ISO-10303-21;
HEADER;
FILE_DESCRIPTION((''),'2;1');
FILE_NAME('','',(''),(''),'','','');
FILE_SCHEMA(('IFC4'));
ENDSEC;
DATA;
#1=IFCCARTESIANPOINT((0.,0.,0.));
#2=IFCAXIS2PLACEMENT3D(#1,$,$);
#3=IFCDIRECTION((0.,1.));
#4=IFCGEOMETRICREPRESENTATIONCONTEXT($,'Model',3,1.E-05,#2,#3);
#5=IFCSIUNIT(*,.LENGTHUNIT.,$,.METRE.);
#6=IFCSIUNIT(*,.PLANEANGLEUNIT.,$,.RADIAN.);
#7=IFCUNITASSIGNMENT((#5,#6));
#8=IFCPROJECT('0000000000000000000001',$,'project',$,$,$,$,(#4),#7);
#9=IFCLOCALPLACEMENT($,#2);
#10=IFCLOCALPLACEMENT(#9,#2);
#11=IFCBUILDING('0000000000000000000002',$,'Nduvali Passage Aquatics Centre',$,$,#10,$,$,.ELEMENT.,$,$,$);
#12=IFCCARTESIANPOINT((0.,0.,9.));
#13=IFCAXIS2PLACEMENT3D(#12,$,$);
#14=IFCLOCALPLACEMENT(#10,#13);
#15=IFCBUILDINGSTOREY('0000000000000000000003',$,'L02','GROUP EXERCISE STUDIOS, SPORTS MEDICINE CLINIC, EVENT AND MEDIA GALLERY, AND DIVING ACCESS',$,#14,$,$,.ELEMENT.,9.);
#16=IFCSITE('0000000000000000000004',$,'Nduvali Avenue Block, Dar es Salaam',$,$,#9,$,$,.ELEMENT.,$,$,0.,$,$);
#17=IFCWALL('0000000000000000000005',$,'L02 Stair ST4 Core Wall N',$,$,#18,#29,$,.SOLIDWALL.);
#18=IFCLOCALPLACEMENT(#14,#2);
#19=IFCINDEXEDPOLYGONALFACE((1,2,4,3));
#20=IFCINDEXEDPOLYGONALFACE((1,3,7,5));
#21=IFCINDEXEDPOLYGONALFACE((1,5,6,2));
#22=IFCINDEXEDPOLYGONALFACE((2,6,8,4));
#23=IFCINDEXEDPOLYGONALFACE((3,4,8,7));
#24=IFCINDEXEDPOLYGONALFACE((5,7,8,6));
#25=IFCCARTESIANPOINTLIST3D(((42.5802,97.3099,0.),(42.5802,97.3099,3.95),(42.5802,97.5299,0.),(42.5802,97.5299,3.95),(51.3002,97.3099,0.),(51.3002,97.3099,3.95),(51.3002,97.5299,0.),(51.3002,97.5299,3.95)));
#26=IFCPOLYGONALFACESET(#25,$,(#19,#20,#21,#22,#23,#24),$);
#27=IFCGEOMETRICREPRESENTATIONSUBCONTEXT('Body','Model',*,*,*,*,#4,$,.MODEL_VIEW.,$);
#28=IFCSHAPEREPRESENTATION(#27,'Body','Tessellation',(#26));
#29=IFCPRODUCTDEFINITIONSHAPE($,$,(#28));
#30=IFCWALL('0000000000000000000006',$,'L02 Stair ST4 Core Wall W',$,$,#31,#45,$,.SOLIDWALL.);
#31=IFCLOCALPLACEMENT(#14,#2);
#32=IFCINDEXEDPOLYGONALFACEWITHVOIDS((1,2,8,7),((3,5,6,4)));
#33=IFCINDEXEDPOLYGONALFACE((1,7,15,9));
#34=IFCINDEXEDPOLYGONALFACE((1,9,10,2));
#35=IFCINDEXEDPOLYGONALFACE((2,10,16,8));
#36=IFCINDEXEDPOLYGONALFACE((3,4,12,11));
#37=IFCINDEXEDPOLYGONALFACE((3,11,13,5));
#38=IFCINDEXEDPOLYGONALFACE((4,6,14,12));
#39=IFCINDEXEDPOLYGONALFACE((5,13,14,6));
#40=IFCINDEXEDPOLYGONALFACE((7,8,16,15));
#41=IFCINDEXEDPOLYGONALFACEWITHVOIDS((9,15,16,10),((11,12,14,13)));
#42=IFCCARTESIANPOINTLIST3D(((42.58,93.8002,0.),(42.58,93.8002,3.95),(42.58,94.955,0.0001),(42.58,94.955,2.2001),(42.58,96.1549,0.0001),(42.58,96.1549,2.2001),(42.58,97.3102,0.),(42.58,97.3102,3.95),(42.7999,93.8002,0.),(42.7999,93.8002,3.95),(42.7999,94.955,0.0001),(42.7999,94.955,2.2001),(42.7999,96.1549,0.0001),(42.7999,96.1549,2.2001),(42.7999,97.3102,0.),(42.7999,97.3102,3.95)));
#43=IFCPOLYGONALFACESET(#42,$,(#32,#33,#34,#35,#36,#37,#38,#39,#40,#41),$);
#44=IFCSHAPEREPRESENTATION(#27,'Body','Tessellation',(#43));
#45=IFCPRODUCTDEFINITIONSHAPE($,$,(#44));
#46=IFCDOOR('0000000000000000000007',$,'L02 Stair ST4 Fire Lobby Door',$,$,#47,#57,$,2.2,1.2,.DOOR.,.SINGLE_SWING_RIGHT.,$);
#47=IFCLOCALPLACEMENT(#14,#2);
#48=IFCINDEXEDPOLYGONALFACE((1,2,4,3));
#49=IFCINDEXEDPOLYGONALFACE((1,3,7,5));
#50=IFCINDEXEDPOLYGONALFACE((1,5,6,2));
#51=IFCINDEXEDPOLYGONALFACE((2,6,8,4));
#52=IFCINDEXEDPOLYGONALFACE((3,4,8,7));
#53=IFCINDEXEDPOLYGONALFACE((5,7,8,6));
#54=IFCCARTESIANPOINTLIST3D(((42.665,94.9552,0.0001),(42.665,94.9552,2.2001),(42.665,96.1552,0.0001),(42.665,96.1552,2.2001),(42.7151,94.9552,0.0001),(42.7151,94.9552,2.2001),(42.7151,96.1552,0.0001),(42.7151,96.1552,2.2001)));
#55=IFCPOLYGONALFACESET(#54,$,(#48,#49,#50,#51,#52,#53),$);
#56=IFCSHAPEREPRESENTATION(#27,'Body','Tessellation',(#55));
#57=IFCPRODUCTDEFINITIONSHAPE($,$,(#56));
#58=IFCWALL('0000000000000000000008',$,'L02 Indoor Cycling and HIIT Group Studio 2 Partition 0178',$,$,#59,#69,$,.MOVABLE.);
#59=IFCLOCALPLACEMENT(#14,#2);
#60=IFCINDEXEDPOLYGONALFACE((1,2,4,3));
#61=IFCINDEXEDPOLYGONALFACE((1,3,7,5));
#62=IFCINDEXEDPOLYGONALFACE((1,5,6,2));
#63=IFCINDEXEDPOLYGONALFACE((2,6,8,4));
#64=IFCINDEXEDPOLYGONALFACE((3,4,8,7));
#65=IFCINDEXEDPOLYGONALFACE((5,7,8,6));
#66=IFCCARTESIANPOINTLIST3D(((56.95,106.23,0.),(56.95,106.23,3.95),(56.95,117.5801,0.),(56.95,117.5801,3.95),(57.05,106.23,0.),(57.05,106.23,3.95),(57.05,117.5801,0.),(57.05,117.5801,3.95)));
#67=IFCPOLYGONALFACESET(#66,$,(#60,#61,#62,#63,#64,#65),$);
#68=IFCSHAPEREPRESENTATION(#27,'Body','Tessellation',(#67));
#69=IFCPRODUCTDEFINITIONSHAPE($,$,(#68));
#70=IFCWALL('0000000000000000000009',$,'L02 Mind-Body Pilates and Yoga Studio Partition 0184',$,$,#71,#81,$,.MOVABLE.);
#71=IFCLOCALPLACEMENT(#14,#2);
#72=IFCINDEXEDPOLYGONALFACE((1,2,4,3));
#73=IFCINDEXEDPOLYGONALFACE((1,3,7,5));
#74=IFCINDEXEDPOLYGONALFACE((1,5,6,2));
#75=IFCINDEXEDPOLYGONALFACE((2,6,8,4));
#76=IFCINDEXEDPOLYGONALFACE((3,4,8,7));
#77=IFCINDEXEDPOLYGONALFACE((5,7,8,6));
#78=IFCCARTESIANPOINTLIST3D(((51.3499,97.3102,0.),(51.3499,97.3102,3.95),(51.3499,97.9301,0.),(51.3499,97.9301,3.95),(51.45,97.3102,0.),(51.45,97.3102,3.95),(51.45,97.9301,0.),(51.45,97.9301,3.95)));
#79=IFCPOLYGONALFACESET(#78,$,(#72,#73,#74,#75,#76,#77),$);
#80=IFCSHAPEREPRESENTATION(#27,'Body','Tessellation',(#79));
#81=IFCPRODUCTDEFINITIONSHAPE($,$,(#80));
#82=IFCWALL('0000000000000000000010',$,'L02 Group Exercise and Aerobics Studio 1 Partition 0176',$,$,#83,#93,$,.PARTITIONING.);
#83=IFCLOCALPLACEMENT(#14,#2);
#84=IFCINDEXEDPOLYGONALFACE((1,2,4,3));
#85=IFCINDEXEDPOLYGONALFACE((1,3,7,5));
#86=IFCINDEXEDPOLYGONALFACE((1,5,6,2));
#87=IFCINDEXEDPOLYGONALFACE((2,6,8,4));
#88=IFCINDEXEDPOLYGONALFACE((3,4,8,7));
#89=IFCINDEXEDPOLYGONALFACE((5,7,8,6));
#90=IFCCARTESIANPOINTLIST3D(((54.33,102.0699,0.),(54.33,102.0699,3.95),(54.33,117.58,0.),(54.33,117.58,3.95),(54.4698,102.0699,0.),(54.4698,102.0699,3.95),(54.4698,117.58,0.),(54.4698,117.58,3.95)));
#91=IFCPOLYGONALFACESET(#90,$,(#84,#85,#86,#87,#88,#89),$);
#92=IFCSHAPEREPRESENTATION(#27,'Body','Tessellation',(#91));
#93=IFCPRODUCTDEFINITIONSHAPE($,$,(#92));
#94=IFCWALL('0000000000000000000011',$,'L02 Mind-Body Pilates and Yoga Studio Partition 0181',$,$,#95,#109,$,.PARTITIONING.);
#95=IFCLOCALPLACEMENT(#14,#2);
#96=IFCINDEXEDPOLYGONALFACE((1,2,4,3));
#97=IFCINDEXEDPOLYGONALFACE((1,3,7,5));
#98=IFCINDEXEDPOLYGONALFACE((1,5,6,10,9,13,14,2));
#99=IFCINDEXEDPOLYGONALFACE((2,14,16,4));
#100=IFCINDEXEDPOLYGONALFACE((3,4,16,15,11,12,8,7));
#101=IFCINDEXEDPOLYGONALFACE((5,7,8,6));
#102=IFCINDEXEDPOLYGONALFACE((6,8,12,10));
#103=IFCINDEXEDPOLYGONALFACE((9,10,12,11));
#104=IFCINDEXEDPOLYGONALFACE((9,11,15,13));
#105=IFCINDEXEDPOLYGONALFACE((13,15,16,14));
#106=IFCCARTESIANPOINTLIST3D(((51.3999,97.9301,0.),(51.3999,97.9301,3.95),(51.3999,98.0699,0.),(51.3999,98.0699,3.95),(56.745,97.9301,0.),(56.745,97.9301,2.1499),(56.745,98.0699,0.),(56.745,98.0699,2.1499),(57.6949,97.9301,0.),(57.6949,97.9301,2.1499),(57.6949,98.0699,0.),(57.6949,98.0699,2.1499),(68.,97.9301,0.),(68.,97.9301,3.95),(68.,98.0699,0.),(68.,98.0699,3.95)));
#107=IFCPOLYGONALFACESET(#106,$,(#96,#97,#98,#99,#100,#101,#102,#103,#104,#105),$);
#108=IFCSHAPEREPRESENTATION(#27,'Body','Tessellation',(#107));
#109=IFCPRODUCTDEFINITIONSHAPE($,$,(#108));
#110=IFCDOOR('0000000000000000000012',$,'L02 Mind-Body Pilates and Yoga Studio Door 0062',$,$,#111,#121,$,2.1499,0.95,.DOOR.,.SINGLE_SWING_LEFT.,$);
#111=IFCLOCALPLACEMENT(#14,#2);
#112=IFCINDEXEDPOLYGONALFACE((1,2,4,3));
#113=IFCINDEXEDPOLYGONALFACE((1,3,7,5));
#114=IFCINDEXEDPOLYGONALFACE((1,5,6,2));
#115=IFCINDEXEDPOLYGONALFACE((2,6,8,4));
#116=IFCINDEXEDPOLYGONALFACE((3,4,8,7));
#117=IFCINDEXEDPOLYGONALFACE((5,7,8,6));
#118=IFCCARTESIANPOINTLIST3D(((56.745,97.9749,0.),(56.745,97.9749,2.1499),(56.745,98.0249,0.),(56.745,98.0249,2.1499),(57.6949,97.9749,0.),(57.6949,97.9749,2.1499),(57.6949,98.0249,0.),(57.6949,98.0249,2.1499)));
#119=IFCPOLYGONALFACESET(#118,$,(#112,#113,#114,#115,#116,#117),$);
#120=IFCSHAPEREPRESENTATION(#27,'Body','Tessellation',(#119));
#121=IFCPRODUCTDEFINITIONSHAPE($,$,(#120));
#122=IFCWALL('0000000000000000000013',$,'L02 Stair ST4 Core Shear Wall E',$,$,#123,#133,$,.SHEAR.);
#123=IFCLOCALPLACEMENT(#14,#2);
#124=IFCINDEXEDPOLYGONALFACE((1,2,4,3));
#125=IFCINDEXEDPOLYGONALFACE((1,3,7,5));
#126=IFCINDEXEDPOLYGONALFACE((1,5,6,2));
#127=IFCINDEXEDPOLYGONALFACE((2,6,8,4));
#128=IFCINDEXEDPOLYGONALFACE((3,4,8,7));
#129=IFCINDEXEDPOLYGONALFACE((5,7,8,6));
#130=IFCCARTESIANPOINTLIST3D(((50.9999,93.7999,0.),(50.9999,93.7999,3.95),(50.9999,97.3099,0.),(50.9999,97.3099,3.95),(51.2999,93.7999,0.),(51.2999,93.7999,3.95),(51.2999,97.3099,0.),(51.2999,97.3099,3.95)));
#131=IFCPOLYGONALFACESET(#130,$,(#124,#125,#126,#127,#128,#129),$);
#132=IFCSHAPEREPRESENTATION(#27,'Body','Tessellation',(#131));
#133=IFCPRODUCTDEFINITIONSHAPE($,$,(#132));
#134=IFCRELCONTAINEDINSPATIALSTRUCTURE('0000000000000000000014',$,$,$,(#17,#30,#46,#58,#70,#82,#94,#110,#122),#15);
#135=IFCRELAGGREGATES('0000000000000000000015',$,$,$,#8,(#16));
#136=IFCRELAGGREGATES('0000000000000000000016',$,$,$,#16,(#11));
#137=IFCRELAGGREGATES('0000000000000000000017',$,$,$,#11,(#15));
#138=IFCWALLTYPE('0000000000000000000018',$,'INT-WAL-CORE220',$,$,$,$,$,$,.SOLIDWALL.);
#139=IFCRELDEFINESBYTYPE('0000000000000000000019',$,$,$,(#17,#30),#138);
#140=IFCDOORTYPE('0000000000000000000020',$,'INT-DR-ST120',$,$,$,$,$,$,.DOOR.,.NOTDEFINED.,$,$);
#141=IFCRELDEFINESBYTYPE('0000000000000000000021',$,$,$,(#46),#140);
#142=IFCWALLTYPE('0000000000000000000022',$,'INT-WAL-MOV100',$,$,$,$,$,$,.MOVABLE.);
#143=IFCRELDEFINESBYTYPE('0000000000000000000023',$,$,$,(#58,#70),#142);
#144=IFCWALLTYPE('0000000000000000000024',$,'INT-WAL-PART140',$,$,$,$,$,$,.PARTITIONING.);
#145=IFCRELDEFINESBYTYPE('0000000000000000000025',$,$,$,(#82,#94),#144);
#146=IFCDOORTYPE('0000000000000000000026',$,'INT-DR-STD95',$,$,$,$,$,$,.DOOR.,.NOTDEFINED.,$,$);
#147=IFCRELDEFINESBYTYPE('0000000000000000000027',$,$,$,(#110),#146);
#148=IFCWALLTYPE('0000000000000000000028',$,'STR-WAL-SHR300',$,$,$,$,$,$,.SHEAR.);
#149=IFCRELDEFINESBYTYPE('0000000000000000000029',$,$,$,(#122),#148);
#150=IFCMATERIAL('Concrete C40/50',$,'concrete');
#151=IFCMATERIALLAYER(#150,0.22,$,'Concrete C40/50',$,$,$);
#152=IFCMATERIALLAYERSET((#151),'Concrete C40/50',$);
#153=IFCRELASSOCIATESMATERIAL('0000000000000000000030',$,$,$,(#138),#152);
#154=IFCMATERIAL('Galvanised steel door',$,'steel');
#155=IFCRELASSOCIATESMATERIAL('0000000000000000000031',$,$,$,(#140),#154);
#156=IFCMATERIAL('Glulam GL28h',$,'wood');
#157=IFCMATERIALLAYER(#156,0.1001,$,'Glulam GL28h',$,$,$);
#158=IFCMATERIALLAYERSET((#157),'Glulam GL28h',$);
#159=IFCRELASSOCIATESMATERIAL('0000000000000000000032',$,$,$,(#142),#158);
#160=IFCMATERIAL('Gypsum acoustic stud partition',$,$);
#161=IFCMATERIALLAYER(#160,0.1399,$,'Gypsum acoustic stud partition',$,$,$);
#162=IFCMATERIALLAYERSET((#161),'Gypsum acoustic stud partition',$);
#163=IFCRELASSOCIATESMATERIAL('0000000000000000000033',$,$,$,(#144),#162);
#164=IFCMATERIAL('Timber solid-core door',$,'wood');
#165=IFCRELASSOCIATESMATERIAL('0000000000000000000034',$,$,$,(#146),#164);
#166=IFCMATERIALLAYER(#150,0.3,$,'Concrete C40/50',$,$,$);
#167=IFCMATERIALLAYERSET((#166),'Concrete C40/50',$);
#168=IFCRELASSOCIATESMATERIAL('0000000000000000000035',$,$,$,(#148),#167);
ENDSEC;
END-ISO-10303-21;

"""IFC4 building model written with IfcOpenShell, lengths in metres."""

from ifc_helpers import new_model, si_unit, direction, frame, frame_2d, origin, place, context, subcontext, project, spatial, rectangle, extrude, material, layer, layer_set, type_object, element, fill, save


model = new_model("IFC4")

# Units and contexts
model_context = context("Model", 3, precision=1e-05, world=origin(), true_north=direction((0.0, 1.0)))
body_context = subcontext(model_context, "Body", "Model", "MODEL_VIEW")
ifc_project = project(units=[si_unit("LENGTHUNIT", "METRE"), si_unit("PLANEANGLEUNIT", "RADIAN")], contexts=[model_context])

# Site, building, storey
site_placement = place(None, origin())
site = spatial("IfcSite", under=ifc_project, at=site_placement, Name="Nduvali Avenue Block, Dar es Salaam", CompositionType="ELEMENT", RefElevation=0.0)
building_placement = place(site_placement, origin())
building = spatial("IfcBuilding", under=site, at=building_placement, Name="Nduvali Passage Aquatics Centre", CompositionType="ELEMENT")
storey_placement = place(building_placement, frame((0.0, 0.0, 9.0)))
storey = spatial("IfcBuildingStorey", under=building, at=storey_placement, Name="L02", Description="GROUP EXERCISE STUDIOS, SPORTS MEDICINE CLINIC, EVENT AND MEDIA GALLERY, AND DIVING ACCESS", CompositionType="ELEMENT", Elevation=9.0)

# Shared definitions
ifc_material_1 = material(Name="Concrete C40/50", Category="concrete")
ifc_layer_1 = layer(ifc_material_1, 0.22, Name="Concrete C40/50")
ifc_layer_set_1 = layer_set([ifc_layer_1], Name="Concrete C40/50")
wall_type_1 = type_object("IfcWallType", Name="INT-WAL-CORE220", PredefinedType="SOLIDWALL", material=ifc_layer_set_1)

# Shared definitions
ifc_material_2 = material(Name="Galvanised steel door", Category="steel")
door_type_1 = type_object("IfcDoorType", Name="INT-DR-ST120", OperationType="NOTDEFINED", PredefinedType="DOOR", material=ifc_material_2)

# Wall
wall_1_placement = place(storey_placement, frame((51.3, 97.4199, 0.0), z_axis=(0.0, 0.0, 1.0), x_axis=(-1.0, 0.0, 0.0)))
element("IfcWall", 1, at=wall_1_placement, inside=storey, type_object=wall_type_1, Name="L02 Stair ST4 Core Wall N", PredefinedType="SOLIDWALL", context=body_context, shape_type="SweptSolid", body=[
    extrude(rectangle(XDim=8.72, YDim=0.22, at=frame_2d((4.3599, 0.0))), origin(), (0.0, 0.0, 1.0), 3.95),
])

# Wall, opening, door
wall_2_placement = place(storey_placement, frame((42.6899, 97.3101, 0.0), z_axis=(0.0, 0.0, 1.0), x_axis=(0.0, -1.0, 0.0)))
wall_2 = element("IfcWall", 2, at=wall_2_placement, inside=storey, type_object=wall_type_1, Name="L02 Stair ST4 Core Wall W", PredefinedType="SOLIDWALL", context=body_context, shape_type="SweptSolid", body=[
    extrude(rectangle(XDim=3.51, YDim=0.22, at=frame_2d((1.7549, 0.0))), origin(), (0.0, 0.0, 1.0), 3.95),
])
opening_1_placement = place(wall_2_placement, frame((1.155, 0.0, 0.0)))
opening_1 = element("IfcOpeningElement", 3, at=opening_1_placement, cuts=wall_2, PredefinedType="OPENING", context=body_context, shape_type="SweptSolid", body=[
    extrude(rectangle(XDim=1.2, YDim=2.2, at=frame_2d((0.6001, 1.1001))), frame((0.0, 0.125, 0.0), z_axis=(0.0, -1.0, 0.0), x_axis=(1.0, 0.0, 0.0)), (0.0, 0.0, 1.0), 0.2498),
])
door_1_placement = place(opening_1_placement, frame((1.2, 0.0, 0.0), z_axis=(0.0, 0.0, 1.0), x_axis=(-1.0, 0.0, 0.0)))
door_1 = element("IfcDoor", 4, at=door_1_placement, inside=storey, type_object=door_type_1, Name="L02 Stair ST4 Fire Lobby Door", OperationType="SINGLE_SWING_RIGHT", OverallHeight=2.2, OverallWidth=1.2, PredefinedType="DOOR", context=body_context, shape_type="SweptSolid", body=[
    extrude(rectangle(XDim=1.2, YDim=2.2, at=frame_2d((0.6001, 1.1001))), frame((0.0, 0.0249, 0.0), z_axis=(0.0, -1.0, 0.0), x_axis=(1.0, 0.0, 0.0)), (0.0, 0.0, 1.0), 0.05),
])
fill(opening_1, door_1)

# Walls
ifc_material_3 = material(Name="Glulam GL28h", Category="wood")
ifc_layer_2 = layer(ifc_material_3, 0.1001, Name="Glulam GL28h")
ifc_layer_set_2 = layer_set([ifc_layer_2], Name="Glulam GL28h")
wall_type_2 = type_object("IfcWallType", Name="INT-WAL-MOV100", PredefinedType="MOVABLE", material=ifc_layer_set_2)
wall_3_placement = place(storey_placement, frame((57.0, 106.23, 0.0), z_axis=(0.0, 0.0, 1.0), x_axis=(0.0, 1.0, 0.0)))
element("IfcWall", 5, at=wall_3_placement, inside=storey, type_object=wall_type_2, Name="L02 Indoor Cycling and HIIT Group Studio 2 Partition 0178", PredefinedType="MOVABLE", context=body_context, shape_type="SweptSolid", body=[
    extrude(rectangle(XDim=11.3501, YDim=0.1001, at=frame_2d((5.675, 0.0))), origin(), (0.0, 0.0, 1.0), 3.95),
])
wall_4_placement = place(storey_placement, frame((51.3999, 97.3101, 0.0), z_axis=(0.0, 0.0, 1.0), x_axis=(0.0, 1.0, 0.0)))
element("IfcWall", 6, at=wall_4_placement, inside=storey, type_object=wall_type_2, Name="L02 Mind-Body Pilates and Yoga Studio Partition 0184", PredefinedType="MOVABLE", context=body_context, shape_type="SweptSolid", body=[
    extrude(rectangle(XDim=0.6199, YDim=0.1001, at=frame_2d((0.3101, 0.0))), origin(), (0.0, 0.0, 1.0), 3.95),
])
ifc_material_4 = material(Name="Gypsum acoustic stud partition")
ifc_layer_3 = layer(ifc_material_4, 0.1399, Name="Gypsum acoustic stud partition")
ifc_layer_set_3 = layer_set([ifc_layer_3], Name="Gypsum acoustic stud partition")
wall_type_3 = type_object("IfcWallType", Name="INT-WAL-PART140", PredefinedType="PARTITIONING", material=ifc_layer_set_3)
wall_5_placement = place(storey_placement, frame((54.3999, 102.0701, 0.0), z_axis=(0.0, 0.0, 1.0), x_axis=(0.0, 1.0, 0.0)))
element("IfcWall", 7, at=wall_5_placement, inside=storey, type_object=wall_type_3, Name="L02 Group Exercise and Aerobics Studio 1 Partition 0176", PredefinedType="PARTITIONING", context=body_context, shape_type="SweptSolid", body=[
    extrude(rectangle(XDim=15.51, YDim=0.1399, at=frame_2d((7.7549, 0.0))), origin(), (0.0, 0.0, 1.0), 3.95),
])

# Wall, opening, door
wall_6_placement = place(storey_placement, frame((51.3999, 98.0, 0.0), z_axis=(0.0, 0.0, 1.0), x_axis=(1.0, 0.0, 0.0)))
wall_6 = element("IfcWall", 8, at=wall_6_placement, inside=storey, type_object=wall_type_3, Name="L02 Mind-Body Pilates and Yoga Studio Partition 0181", PredefinedType="PARTITIONING", context=body_context, shape_type="SweptSolid", body=[
    extrude(rectangle(XDim=16.6001, YDim=0.1399, at=frame_2d((8.3, 0.0))), origin(), (0.0, 0.0, 1.0), 3.95),
])
opening_2_placement = place(wall_6_placement, frame((5.345, 0.0, 0.0)))
opening_2 = element("IfcOpeningElement", 9, at=opening_2_placement, cuts=wall_6, PredefinedType="OPENING", context=body_context, shape_type="SweptSolid", body=[
    extrude(rectangle(XDim=0.95, YDim=2.1499, at=frame_2d((0.4751, 1.075))), frame((0.0, 0.085, 0.0), z_axis=(0.0, -1.0, 0.0), x_axis=(1.0, 0.0, 0.0)), (0.0, 0.0, 1.0), 0.1697),
])
ifc_material_5 = material(Name="Timber solid-core door", Category="wood")
door_type_2 = type_object("IfcDoorType", Name="INT-DR-STD95", OperationType="NOTDEFINED", PredefinedType="DOOR", material=ifc_material_5)
door_2_placement = place(opening_2_placement, origin())
door_2 = element("IfcDoor", 10, at=door_2_placement, inside=storey, type_object=door_type_2, Name="L02 Mind-Body Pilates and Yoga Studio Door 0062", OperationType="SINGLE_SWING_LEFT", OverallHeight=2.1499, OverallWidth=0.95, PredefinedType="DOOR", context=body_context, shape_type="SweptSolid", body=[
    extrude(rectangle(XDim=0.95, YDim=2.1499, at=frame_2d((0.4751, 1.075))), frame((0.0, 0.0249, 0.0), z_axis=(0.0, -1.0, 0.0), x_axis=(1.0, 0.0, 0.0)), (0.0, 0.0, 1.0), 0.05),
])
fill(opening_2, door_2)

# Wall
ifc_layer_4 = layer(ifc_material_1, 0.3, Name="Concrete C40/50")
ifc_layer_set_4 = layer_set([ifc_layer_4], Name="Concrete C40/50")
wall_type_4 = type_object("IfcWallType", Name="STR-WAL-SHR300", PredefinedType="SHEAR", material=ifc_layer_set_4)
wall_7_placement = place(storey_placement, frame((51.1499, 93.8, 0.0), z_axis=(0.0, 0.0, 1.0), x_axis=(0.0, 1.0, 0.0)))
element("IfcWall", 11, at=wall_7_placement, inside=storey, type_object=wall_type_4, Name="L02 Stair ST4 Core Shear Wall E", PredefinedType="SHEAR", context=body_context, shape_type="SweptSolid", body=[
    extrude(rectangle(XDim=3.51, YDim=0.3, at=frame_2d((1.7549, 0.0))), origin(), (0.0, 0.0, 1.0), 3.95),
])

save(model, "model.ifc")
